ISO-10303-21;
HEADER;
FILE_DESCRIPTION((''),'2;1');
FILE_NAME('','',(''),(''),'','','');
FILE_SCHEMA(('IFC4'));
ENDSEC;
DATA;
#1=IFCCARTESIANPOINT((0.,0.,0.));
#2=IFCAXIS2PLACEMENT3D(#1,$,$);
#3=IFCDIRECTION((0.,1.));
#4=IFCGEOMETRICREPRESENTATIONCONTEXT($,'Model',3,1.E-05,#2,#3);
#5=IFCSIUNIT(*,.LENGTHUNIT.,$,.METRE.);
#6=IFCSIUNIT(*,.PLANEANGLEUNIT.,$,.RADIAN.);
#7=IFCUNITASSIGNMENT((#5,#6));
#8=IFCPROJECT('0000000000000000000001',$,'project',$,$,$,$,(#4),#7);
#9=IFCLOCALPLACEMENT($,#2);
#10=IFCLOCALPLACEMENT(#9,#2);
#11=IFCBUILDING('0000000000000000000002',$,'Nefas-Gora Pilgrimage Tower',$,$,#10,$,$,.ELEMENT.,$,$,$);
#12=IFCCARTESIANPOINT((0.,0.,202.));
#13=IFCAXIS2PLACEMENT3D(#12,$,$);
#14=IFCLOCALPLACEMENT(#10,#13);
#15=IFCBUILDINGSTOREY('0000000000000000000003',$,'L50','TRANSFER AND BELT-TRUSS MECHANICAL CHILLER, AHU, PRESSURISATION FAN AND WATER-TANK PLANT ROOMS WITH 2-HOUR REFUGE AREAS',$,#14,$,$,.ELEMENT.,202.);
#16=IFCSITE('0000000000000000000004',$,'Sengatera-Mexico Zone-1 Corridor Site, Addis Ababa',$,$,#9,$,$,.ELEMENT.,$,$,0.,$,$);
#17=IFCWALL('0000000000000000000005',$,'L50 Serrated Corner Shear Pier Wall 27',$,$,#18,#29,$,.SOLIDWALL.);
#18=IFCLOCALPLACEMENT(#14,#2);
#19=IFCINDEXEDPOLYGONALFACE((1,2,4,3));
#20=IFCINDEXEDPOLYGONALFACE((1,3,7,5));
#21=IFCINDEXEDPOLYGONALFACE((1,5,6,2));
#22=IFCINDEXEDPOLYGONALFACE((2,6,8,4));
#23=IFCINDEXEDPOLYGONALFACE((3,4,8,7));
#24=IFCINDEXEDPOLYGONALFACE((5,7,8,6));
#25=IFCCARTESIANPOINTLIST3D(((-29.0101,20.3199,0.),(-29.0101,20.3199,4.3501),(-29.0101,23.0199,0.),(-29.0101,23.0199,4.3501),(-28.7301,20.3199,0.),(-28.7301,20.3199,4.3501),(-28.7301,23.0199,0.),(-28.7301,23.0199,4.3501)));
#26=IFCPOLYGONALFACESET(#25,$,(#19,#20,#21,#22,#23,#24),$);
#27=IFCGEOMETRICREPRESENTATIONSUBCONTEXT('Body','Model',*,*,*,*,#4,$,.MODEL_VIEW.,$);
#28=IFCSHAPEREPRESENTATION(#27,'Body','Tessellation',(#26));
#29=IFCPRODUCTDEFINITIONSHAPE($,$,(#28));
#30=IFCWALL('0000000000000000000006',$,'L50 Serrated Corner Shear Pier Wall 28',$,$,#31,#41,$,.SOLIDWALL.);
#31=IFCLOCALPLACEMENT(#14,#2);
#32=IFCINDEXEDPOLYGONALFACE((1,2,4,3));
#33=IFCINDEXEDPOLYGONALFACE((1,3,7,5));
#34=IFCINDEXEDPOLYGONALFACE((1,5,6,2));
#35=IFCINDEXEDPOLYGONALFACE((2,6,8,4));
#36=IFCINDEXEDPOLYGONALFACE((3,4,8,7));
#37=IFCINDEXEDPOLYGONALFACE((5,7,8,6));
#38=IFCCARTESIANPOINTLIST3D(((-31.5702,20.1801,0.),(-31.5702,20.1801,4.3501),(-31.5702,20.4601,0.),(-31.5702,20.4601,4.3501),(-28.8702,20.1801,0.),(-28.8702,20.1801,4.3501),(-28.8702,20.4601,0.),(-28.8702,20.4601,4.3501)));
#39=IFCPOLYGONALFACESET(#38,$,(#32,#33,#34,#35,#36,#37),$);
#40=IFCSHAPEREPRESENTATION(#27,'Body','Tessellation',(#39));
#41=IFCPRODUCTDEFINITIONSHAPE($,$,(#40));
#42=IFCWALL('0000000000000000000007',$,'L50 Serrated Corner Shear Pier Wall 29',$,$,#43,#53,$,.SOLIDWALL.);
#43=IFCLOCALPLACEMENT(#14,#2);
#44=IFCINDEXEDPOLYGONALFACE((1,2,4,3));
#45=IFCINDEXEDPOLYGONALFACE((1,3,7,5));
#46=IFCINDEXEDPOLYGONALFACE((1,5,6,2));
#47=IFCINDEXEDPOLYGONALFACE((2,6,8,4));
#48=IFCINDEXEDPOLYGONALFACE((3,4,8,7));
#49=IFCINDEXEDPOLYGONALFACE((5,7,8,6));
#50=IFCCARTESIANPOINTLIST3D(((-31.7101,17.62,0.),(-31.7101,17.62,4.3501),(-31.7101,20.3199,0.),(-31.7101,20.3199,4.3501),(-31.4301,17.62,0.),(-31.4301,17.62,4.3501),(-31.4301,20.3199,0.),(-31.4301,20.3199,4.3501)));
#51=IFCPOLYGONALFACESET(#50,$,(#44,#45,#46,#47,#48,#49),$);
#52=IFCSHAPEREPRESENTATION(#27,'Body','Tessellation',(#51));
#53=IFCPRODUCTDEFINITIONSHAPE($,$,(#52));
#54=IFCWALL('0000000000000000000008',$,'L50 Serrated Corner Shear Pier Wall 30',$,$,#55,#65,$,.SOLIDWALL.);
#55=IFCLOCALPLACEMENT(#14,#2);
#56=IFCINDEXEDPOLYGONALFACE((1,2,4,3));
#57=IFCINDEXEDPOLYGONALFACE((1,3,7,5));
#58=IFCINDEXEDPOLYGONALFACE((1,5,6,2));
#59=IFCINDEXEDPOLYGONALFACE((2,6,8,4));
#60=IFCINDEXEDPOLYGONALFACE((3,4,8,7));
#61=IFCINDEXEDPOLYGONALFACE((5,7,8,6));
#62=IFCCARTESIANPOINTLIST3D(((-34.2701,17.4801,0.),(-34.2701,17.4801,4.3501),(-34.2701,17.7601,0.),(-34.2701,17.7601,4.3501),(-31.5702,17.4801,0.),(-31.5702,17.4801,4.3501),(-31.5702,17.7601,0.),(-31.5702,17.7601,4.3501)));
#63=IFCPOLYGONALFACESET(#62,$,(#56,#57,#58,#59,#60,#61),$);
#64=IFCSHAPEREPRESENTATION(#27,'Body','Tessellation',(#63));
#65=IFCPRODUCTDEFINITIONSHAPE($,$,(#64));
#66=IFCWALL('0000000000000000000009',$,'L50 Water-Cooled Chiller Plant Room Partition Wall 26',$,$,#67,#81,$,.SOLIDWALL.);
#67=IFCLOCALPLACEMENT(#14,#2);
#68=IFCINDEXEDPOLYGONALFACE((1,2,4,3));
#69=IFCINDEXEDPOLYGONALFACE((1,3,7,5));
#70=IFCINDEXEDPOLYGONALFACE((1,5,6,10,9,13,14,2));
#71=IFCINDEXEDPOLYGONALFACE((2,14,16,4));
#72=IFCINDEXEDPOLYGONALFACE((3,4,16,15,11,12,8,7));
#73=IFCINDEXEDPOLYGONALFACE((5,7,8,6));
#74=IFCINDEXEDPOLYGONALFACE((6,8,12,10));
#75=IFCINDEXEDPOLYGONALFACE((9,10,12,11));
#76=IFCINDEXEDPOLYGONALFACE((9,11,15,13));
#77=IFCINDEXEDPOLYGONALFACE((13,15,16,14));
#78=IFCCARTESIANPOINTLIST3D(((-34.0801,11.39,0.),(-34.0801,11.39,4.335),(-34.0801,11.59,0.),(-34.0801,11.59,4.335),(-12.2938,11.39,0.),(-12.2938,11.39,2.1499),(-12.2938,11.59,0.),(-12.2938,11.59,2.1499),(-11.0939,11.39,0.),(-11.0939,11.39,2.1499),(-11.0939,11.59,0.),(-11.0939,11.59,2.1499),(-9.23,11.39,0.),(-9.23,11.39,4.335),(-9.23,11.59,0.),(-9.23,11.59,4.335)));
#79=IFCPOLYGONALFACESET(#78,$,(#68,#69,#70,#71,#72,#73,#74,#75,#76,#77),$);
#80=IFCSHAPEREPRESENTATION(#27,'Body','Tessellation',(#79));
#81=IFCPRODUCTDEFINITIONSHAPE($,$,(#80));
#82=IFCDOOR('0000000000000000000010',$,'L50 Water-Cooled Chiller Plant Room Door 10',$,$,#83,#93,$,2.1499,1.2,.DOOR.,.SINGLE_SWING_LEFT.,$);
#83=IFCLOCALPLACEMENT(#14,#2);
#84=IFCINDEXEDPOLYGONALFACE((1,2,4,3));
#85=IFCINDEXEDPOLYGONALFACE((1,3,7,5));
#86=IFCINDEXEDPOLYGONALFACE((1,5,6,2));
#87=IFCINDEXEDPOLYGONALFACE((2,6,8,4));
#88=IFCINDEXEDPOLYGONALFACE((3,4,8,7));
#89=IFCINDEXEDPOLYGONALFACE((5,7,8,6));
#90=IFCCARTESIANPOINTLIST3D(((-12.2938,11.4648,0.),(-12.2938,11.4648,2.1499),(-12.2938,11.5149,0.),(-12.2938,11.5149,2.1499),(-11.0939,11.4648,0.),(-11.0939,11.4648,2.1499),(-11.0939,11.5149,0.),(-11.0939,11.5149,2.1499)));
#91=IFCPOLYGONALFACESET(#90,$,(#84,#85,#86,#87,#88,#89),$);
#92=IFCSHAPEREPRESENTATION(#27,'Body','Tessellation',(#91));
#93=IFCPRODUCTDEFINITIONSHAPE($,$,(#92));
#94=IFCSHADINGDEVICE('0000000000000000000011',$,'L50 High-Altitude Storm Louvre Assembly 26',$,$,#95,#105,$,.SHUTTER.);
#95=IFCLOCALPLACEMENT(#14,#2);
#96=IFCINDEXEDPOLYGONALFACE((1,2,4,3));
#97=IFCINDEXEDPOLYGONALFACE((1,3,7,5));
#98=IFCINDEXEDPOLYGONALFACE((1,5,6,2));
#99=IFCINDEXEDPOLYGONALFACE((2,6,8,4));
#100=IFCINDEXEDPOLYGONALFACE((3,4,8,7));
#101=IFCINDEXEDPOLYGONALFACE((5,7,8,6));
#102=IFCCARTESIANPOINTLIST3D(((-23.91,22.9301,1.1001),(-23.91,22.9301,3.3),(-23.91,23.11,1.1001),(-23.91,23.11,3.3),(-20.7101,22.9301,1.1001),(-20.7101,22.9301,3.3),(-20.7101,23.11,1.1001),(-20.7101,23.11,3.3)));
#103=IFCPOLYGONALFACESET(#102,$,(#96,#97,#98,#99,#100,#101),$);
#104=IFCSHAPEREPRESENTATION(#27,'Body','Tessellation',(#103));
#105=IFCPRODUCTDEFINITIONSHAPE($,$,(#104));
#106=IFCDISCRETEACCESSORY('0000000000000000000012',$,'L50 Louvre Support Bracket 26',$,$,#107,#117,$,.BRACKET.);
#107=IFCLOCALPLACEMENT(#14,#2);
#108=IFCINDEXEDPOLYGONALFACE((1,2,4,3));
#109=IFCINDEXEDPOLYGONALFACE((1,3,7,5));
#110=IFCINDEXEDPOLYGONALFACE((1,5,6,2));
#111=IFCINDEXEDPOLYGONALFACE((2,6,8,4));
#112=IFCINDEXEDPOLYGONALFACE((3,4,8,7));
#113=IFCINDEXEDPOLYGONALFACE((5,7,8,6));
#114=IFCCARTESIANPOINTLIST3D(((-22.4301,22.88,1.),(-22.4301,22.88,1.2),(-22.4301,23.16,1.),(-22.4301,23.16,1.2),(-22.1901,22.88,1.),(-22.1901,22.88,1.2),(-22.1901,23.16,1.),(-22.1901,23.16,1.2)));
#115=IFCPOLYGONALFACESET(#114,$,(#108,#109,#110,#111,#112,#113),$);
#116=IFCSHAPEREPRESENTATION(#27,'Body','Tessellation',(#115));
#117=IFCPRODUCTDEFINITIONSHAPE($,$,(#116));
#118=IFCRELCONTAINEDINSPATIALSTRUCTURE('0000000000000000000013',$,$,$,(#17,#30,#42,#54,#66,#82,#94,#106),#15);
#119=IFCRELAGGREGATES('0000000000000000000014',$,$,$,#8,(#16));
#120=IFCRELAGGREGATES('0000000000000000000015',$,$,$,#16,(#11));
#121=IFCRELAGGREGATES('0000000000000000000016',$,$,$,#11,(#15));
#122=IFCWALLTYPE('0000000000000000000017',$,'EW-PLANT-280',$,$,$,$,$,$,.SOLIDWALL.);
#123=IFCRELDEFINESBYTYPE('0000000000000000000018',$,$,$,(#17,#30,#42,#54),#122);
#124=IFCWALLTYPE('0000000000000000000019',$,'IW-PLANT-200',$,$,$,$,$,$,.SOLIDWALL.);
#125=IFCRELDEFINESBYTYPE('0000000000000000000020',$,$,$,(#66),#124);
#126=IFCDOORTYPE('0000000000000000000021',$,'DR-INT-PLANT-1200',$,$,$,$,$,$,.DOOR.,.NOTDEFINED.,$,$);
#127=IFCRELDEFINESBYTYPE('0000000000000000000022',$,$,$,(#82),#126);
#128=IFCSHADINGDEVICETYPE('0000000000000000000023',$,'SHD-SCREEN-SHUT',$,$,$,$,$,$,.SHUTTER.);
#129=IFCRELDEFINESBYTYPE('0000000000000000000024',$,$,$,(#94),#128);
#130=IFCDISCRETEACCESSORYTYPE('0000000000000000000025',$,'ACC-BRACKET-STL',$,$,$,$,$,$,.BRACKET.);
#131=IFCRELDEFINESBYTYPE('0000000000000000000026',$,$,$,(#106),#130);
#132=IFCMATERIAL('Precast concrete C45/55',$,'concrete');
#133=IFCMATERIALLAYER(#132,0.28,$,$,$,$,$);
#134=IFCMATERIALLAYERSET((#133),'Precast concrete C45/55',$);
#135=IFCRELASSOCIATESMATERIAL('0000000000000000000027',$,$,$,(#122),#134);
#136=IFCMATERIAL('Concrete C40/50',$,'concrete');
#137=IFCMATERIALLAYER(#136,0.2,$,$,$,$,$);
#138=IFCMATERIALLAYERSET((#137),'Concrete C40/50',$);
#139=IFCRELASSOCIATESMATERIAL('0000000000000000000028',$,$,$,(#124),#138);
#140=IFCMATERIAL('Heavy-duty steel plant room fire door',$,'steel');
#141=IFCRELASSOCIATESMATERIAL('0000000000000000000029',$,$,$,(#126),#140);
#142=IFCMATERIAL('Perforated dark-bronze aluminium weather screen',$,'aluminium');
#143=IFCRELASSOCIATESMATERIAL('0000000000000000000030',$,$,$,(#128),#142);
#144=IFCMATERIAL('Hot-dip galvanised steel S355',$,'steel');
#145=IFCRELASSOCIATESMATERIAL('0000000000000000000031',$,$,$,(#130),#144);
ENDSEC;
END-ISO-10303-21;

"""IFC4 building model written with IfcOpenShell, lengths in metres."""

from ifc_helpers import new_model, si_unit, direction, frame, frame_2d, origin, origin_2d, place, context, subcontext, project, spatial, rectangle, extrude, source, transform, mapped, material, layer, layer_set, type_object, element, fill, save


model = new_model("IFC4")

# Units and contexts
model_context = context("Model", 3, precision=1e-05, world=origin(), true_north=direction((0.0, 1.0)))
body_context = subcontext(model_context, "Body", "Model", "MODEL_VIEW")
ifc_project = project(units=[si_unit("LENGTHUNIT", "METRE"), si_unit("PLANEANGLEUNIT", "RADIAN")], contexts=[model_context])

# Site, building, storey
site_placement = place(None, origin())
site = spatial("IfcSite", under=ifc_project, at=site_placement, Name="Sengatera-Mexico Zone-1 Corridor Site, Addis Ababa", CompositionType="ELEMENT", RefElevation=0.0)
building_placement = place(site_placement, origin())
building = spatial("IfcBuilding", under=site, at=building_placement, Name="Nefas-Gora Pilgrimage Tower", CompositionType="ELEMENT")
storey_placement = place(building_placement, frame((0.0, 0.0, 202.0)))
storey = spatial("IfcBuildingStorey", under=building, at=storey_placement, Name="L50", Description="TRANSFER AND BELT-TRUSS MECHANICAL CHILLER, AHU, PRESSURISATION FAN AND WATER-TANK PLANT ROOMS WITH 2-HOUR REFUGE AREAS", CompositionType="ELEMENT", Elevation=202.0)

# Walls
ifc_material_1 = material(Name="Precast concrete C45/55", Category="concrete")
ifc_layer_1 = layer(ifc_material_1, 0.28)
ifc_layer_set_1 = layer_set([ifc_layer_1], Name="Precast concrete C45/55")
wall_type_1 = type_object("IfcWallType", Name="EW-PLANT-280", PredefinedType="SOLIDWALL", material=ifc_layer_set_1)
shared_shape_1 = source(origin(), body_context, "Body", "SweptSolid", [
    extrude(rectangle(XDim=2.7, YDim=0.28, at=frame_2d((1.3501, 0.0))), origin(), (0.0, 0.0, 1.0), 4.3501),
])
for number, where, z_axis, x_axis, name in (
    (1, (-28.8701, 23.02, 0.0), (0.0, 0.0, 1.0), (0.0, -1.0, 0.0), "L50 Serrated Corner Shear Pier Wall 27"),
    (2, (-28.8701, 20.3201, 0.0), (0.0, 0.0, 1.0), (-1.0, 0.0, 0.0), "L50 Serrated Corner Shear Pier Wall 28"),
    (3, (-31.5701, 20.3201, 0.0), (0.0, 0.0, 1.0), (0.0, -1.0, 0.0), "L50 Serrated Corner Shear Pier Wall 29"),
    (4, (-31.5701, 17.6201, 0.0), (0.0, 0.0, 1.0), (-1.0, 0.0, 0.0), "L50 Serrated Corner Shear Pier Wall 30"),
):
    element("IfcWall", number, at=place(storey_placement, frame(where, z_axis=z_axis, x_axis=x_axis)), inside=storey, type_object=wall_type_1, Name=name, PredefinedType="SOLIDWALL", context=body_context, shape_type="MappedRepresentation", body=[
        mapped(shared_shape_1, transform((0.0, 0.0, 0.0), x_axis=(1.0, 0.0, 0.0), y_axis=(0.0, 1.0, 0.0), z_axis=(0.0, 0.0, 1.0), scale=1.0)),
    ])

# Wall, opening, door
ifc_material_2 = material(Name="Concrete C40/50", Category="concrete")
ifc_layer_2 = layer(ifc_material_2, 0.2)
ifc_layer_set_2 = layer_set([ifc_layer_2], Name="Concrete C40/50")
wall_type_2 = type_object("IfcWallType", Name="IW-PLANT-200", PredefinedType="SOLIDWALL", material=ifc_layer_set_2)
shared_shape_2 = source(origin(), body_context, "Body", "SweptSolid", [
    extrude(rectangle(XDim=24.8501, YDim=0.2, at=frame_2d((12.425, 0.0))), origin(), (0.0, 0.0, 1.0), 4.335),
])
wall_placement = place(storey_placement, frame((-34.0801, 11.49, 0.0), z_axis=(0.0, 0.0, 1.0), x_axis=(1.0, 0.0, 0.0)))
wall = element("IfcWall", 5, at=wall_placement, inside=storey, type_object=wall_type_2, Name="L50 Water-Cooled Chiller Plant Room Partition Wall 26", PredefinedType="SOLIDWALL", context=body_context, shape_type="MappedRepresentation", body=[
    mapped(shared_shape_2, transform((0.0, 0.0, 0.0), x_axis=(1.0, 0.0, 0.0), y_axis=(0.0, 1.0, 0.0), z_axis=(0.0, 0.0, 1.0), scale=1.0)),
])
opening_placement = place(wall_placement, frame((21.7861, 0.0, 0.0)))
opening = element("IfcOpeningElement", 6, at=opening_placement, cuts=wall, PredefinedType="OPENING", context=body_context, shape_type="SweptSolid", body=[
    extrude(rectangle(XDim=1.2, YDim=2.1499, at=frame_2d((0.6001, 1.075))), frame((0.0, 0.1099, 0.0), z_axis=(0.0, -1.0, 0.0), x_axis=(1.0, 0.0, 0.0)), (0.0, 0.0, 1.0), 0.22),
])
ifc_material_3 = material(Name="Heavy-duty steel plant room fire door", Category="steel")
door_type = type_object("IfcDoorType", Name="DR-INT-PLANT-1200", OperationType="NOTDEFINED", PredefinedType="DOOR", material=ifc_material_3)
shared_shape_3 = source(origin(), body_context, "Body", "SweptSolid", [
    extrude(rectangle(XDim=1.2, YDim=2.1499, at=frame_2d((0.6001, 1.075))), frame((0.0, 0.0249, 0.0), z_axis=(0.0, -1.0, 0.0), x_axis=(1.0, 0.0, 0.0)), (0.0, 0.0, 1.0), 0.05),
])
door_placement = place(opening_placement, origin())
door = element("IfcDoor", 7, at=door_placement, inside=storey, type_object=door_type, Name="L50 Water-Cooled Chiller Plant Room Door 10", OperationType="SINGLE_SWING_LEFT", OverallHeight=2.1499, OverallWidth=1.2, PredefinedType="DOOR", context=body_context, shape_type="MappedRepresentation", body=[
    mapped(shared_shape_3, transform((0.0, 0.0, 0.0), x_axis=(1.0, 0.0, 0.0), y_axis=(0.0, 1.0, 0.0), z_axis=(0.0, 0.0, 1.0), scale=1.0)),
])
fill(opening, door)

# Shading device
ifc_material_4 = material(Name="Perforated dark-bronze aluminium weather screen", Category="aluminium")
shading_device_type = type_object("IfcShadingDeviceType", Name="SHD-SCREEN-SHUT", PredefinedType="SHUTTER", material=ifc_material_4)
shared_shape_4 = source(origin(), body_context, "Body", "SweptSolid", [
    extrude(rectangle(XDim=3.2, YDim=0.1799, at=origin_2d()), origin(), (0.0, 0.0, 1.0), 2.2),
])
shading_device_placement = place(storey_placement, frame((-22.3101, 23.02, 1.1001), z_axis=(0.0, 0.0, 1.0), x_axis=(1.0, 0.0, 0.0)))
element("IfcShadingDevice", 8, at=shading_device_placement, inside=storey, type_object=shading_device_type, Name="L50 High-Altitude Storm Louvre Assembly 26", PredefinedType="SHUTTER", context=body_context, shape_type="MappedRepresentation", body=[
    mapped(shared_shape_4, transform((0.0, 0.0, 0.0), x_axis=(1.0, 0.0, 0.0), y_axis=(0.0, 1.0, 0.0), z_axis=(0.0, 0.0, 1.0), scale=1.0)),
])

# Discrete accessory
ifc_material_5 = material(Name="Hot-dip galvanised steel S355", Category="steel")
discrete_accessory_type = type_object("IfcDiscreteAccessoryType", Name="ACC-BRACKET-STL", PredefinedType="BRACKET", material=ifc_material_5)
shared_shape_5 = source(origin(), body_context, "Body", "SweptSolid", [
    extrude(rectangle(XDim=0.24, YDim=0.28, at=origin_2d()), origin(), (0.0, 0.0, 1.0), 0.2),
])
discrete_accessory_placement = place(storey_placement, frame((-22.3101, 23.02, 1.0), z_axis=(0.0, 0.0, 1.0), x_axis=(1.0, 0.0, 0.0)))
element("IfcDiscreteAccessory", 9, at=discrete_accessory_placement, inside=storey, type_object=discrete_accessory_type, Name="L50 Louvre Support Bracket 26", PredefinedType="BRACKET", context=body_context, shape_type="MappedRepresentation", body=[
    mapped(shared_shape_5, transform((0.0, 0.0, 0.0), x_axis=(1.0, 0.0, 0.0), y_axis=(0.0, 1.0, 0.0), z_axis=(0.0, 0.0, 1.0), scale=1.0)),
])

save(model, "model.ifc")
